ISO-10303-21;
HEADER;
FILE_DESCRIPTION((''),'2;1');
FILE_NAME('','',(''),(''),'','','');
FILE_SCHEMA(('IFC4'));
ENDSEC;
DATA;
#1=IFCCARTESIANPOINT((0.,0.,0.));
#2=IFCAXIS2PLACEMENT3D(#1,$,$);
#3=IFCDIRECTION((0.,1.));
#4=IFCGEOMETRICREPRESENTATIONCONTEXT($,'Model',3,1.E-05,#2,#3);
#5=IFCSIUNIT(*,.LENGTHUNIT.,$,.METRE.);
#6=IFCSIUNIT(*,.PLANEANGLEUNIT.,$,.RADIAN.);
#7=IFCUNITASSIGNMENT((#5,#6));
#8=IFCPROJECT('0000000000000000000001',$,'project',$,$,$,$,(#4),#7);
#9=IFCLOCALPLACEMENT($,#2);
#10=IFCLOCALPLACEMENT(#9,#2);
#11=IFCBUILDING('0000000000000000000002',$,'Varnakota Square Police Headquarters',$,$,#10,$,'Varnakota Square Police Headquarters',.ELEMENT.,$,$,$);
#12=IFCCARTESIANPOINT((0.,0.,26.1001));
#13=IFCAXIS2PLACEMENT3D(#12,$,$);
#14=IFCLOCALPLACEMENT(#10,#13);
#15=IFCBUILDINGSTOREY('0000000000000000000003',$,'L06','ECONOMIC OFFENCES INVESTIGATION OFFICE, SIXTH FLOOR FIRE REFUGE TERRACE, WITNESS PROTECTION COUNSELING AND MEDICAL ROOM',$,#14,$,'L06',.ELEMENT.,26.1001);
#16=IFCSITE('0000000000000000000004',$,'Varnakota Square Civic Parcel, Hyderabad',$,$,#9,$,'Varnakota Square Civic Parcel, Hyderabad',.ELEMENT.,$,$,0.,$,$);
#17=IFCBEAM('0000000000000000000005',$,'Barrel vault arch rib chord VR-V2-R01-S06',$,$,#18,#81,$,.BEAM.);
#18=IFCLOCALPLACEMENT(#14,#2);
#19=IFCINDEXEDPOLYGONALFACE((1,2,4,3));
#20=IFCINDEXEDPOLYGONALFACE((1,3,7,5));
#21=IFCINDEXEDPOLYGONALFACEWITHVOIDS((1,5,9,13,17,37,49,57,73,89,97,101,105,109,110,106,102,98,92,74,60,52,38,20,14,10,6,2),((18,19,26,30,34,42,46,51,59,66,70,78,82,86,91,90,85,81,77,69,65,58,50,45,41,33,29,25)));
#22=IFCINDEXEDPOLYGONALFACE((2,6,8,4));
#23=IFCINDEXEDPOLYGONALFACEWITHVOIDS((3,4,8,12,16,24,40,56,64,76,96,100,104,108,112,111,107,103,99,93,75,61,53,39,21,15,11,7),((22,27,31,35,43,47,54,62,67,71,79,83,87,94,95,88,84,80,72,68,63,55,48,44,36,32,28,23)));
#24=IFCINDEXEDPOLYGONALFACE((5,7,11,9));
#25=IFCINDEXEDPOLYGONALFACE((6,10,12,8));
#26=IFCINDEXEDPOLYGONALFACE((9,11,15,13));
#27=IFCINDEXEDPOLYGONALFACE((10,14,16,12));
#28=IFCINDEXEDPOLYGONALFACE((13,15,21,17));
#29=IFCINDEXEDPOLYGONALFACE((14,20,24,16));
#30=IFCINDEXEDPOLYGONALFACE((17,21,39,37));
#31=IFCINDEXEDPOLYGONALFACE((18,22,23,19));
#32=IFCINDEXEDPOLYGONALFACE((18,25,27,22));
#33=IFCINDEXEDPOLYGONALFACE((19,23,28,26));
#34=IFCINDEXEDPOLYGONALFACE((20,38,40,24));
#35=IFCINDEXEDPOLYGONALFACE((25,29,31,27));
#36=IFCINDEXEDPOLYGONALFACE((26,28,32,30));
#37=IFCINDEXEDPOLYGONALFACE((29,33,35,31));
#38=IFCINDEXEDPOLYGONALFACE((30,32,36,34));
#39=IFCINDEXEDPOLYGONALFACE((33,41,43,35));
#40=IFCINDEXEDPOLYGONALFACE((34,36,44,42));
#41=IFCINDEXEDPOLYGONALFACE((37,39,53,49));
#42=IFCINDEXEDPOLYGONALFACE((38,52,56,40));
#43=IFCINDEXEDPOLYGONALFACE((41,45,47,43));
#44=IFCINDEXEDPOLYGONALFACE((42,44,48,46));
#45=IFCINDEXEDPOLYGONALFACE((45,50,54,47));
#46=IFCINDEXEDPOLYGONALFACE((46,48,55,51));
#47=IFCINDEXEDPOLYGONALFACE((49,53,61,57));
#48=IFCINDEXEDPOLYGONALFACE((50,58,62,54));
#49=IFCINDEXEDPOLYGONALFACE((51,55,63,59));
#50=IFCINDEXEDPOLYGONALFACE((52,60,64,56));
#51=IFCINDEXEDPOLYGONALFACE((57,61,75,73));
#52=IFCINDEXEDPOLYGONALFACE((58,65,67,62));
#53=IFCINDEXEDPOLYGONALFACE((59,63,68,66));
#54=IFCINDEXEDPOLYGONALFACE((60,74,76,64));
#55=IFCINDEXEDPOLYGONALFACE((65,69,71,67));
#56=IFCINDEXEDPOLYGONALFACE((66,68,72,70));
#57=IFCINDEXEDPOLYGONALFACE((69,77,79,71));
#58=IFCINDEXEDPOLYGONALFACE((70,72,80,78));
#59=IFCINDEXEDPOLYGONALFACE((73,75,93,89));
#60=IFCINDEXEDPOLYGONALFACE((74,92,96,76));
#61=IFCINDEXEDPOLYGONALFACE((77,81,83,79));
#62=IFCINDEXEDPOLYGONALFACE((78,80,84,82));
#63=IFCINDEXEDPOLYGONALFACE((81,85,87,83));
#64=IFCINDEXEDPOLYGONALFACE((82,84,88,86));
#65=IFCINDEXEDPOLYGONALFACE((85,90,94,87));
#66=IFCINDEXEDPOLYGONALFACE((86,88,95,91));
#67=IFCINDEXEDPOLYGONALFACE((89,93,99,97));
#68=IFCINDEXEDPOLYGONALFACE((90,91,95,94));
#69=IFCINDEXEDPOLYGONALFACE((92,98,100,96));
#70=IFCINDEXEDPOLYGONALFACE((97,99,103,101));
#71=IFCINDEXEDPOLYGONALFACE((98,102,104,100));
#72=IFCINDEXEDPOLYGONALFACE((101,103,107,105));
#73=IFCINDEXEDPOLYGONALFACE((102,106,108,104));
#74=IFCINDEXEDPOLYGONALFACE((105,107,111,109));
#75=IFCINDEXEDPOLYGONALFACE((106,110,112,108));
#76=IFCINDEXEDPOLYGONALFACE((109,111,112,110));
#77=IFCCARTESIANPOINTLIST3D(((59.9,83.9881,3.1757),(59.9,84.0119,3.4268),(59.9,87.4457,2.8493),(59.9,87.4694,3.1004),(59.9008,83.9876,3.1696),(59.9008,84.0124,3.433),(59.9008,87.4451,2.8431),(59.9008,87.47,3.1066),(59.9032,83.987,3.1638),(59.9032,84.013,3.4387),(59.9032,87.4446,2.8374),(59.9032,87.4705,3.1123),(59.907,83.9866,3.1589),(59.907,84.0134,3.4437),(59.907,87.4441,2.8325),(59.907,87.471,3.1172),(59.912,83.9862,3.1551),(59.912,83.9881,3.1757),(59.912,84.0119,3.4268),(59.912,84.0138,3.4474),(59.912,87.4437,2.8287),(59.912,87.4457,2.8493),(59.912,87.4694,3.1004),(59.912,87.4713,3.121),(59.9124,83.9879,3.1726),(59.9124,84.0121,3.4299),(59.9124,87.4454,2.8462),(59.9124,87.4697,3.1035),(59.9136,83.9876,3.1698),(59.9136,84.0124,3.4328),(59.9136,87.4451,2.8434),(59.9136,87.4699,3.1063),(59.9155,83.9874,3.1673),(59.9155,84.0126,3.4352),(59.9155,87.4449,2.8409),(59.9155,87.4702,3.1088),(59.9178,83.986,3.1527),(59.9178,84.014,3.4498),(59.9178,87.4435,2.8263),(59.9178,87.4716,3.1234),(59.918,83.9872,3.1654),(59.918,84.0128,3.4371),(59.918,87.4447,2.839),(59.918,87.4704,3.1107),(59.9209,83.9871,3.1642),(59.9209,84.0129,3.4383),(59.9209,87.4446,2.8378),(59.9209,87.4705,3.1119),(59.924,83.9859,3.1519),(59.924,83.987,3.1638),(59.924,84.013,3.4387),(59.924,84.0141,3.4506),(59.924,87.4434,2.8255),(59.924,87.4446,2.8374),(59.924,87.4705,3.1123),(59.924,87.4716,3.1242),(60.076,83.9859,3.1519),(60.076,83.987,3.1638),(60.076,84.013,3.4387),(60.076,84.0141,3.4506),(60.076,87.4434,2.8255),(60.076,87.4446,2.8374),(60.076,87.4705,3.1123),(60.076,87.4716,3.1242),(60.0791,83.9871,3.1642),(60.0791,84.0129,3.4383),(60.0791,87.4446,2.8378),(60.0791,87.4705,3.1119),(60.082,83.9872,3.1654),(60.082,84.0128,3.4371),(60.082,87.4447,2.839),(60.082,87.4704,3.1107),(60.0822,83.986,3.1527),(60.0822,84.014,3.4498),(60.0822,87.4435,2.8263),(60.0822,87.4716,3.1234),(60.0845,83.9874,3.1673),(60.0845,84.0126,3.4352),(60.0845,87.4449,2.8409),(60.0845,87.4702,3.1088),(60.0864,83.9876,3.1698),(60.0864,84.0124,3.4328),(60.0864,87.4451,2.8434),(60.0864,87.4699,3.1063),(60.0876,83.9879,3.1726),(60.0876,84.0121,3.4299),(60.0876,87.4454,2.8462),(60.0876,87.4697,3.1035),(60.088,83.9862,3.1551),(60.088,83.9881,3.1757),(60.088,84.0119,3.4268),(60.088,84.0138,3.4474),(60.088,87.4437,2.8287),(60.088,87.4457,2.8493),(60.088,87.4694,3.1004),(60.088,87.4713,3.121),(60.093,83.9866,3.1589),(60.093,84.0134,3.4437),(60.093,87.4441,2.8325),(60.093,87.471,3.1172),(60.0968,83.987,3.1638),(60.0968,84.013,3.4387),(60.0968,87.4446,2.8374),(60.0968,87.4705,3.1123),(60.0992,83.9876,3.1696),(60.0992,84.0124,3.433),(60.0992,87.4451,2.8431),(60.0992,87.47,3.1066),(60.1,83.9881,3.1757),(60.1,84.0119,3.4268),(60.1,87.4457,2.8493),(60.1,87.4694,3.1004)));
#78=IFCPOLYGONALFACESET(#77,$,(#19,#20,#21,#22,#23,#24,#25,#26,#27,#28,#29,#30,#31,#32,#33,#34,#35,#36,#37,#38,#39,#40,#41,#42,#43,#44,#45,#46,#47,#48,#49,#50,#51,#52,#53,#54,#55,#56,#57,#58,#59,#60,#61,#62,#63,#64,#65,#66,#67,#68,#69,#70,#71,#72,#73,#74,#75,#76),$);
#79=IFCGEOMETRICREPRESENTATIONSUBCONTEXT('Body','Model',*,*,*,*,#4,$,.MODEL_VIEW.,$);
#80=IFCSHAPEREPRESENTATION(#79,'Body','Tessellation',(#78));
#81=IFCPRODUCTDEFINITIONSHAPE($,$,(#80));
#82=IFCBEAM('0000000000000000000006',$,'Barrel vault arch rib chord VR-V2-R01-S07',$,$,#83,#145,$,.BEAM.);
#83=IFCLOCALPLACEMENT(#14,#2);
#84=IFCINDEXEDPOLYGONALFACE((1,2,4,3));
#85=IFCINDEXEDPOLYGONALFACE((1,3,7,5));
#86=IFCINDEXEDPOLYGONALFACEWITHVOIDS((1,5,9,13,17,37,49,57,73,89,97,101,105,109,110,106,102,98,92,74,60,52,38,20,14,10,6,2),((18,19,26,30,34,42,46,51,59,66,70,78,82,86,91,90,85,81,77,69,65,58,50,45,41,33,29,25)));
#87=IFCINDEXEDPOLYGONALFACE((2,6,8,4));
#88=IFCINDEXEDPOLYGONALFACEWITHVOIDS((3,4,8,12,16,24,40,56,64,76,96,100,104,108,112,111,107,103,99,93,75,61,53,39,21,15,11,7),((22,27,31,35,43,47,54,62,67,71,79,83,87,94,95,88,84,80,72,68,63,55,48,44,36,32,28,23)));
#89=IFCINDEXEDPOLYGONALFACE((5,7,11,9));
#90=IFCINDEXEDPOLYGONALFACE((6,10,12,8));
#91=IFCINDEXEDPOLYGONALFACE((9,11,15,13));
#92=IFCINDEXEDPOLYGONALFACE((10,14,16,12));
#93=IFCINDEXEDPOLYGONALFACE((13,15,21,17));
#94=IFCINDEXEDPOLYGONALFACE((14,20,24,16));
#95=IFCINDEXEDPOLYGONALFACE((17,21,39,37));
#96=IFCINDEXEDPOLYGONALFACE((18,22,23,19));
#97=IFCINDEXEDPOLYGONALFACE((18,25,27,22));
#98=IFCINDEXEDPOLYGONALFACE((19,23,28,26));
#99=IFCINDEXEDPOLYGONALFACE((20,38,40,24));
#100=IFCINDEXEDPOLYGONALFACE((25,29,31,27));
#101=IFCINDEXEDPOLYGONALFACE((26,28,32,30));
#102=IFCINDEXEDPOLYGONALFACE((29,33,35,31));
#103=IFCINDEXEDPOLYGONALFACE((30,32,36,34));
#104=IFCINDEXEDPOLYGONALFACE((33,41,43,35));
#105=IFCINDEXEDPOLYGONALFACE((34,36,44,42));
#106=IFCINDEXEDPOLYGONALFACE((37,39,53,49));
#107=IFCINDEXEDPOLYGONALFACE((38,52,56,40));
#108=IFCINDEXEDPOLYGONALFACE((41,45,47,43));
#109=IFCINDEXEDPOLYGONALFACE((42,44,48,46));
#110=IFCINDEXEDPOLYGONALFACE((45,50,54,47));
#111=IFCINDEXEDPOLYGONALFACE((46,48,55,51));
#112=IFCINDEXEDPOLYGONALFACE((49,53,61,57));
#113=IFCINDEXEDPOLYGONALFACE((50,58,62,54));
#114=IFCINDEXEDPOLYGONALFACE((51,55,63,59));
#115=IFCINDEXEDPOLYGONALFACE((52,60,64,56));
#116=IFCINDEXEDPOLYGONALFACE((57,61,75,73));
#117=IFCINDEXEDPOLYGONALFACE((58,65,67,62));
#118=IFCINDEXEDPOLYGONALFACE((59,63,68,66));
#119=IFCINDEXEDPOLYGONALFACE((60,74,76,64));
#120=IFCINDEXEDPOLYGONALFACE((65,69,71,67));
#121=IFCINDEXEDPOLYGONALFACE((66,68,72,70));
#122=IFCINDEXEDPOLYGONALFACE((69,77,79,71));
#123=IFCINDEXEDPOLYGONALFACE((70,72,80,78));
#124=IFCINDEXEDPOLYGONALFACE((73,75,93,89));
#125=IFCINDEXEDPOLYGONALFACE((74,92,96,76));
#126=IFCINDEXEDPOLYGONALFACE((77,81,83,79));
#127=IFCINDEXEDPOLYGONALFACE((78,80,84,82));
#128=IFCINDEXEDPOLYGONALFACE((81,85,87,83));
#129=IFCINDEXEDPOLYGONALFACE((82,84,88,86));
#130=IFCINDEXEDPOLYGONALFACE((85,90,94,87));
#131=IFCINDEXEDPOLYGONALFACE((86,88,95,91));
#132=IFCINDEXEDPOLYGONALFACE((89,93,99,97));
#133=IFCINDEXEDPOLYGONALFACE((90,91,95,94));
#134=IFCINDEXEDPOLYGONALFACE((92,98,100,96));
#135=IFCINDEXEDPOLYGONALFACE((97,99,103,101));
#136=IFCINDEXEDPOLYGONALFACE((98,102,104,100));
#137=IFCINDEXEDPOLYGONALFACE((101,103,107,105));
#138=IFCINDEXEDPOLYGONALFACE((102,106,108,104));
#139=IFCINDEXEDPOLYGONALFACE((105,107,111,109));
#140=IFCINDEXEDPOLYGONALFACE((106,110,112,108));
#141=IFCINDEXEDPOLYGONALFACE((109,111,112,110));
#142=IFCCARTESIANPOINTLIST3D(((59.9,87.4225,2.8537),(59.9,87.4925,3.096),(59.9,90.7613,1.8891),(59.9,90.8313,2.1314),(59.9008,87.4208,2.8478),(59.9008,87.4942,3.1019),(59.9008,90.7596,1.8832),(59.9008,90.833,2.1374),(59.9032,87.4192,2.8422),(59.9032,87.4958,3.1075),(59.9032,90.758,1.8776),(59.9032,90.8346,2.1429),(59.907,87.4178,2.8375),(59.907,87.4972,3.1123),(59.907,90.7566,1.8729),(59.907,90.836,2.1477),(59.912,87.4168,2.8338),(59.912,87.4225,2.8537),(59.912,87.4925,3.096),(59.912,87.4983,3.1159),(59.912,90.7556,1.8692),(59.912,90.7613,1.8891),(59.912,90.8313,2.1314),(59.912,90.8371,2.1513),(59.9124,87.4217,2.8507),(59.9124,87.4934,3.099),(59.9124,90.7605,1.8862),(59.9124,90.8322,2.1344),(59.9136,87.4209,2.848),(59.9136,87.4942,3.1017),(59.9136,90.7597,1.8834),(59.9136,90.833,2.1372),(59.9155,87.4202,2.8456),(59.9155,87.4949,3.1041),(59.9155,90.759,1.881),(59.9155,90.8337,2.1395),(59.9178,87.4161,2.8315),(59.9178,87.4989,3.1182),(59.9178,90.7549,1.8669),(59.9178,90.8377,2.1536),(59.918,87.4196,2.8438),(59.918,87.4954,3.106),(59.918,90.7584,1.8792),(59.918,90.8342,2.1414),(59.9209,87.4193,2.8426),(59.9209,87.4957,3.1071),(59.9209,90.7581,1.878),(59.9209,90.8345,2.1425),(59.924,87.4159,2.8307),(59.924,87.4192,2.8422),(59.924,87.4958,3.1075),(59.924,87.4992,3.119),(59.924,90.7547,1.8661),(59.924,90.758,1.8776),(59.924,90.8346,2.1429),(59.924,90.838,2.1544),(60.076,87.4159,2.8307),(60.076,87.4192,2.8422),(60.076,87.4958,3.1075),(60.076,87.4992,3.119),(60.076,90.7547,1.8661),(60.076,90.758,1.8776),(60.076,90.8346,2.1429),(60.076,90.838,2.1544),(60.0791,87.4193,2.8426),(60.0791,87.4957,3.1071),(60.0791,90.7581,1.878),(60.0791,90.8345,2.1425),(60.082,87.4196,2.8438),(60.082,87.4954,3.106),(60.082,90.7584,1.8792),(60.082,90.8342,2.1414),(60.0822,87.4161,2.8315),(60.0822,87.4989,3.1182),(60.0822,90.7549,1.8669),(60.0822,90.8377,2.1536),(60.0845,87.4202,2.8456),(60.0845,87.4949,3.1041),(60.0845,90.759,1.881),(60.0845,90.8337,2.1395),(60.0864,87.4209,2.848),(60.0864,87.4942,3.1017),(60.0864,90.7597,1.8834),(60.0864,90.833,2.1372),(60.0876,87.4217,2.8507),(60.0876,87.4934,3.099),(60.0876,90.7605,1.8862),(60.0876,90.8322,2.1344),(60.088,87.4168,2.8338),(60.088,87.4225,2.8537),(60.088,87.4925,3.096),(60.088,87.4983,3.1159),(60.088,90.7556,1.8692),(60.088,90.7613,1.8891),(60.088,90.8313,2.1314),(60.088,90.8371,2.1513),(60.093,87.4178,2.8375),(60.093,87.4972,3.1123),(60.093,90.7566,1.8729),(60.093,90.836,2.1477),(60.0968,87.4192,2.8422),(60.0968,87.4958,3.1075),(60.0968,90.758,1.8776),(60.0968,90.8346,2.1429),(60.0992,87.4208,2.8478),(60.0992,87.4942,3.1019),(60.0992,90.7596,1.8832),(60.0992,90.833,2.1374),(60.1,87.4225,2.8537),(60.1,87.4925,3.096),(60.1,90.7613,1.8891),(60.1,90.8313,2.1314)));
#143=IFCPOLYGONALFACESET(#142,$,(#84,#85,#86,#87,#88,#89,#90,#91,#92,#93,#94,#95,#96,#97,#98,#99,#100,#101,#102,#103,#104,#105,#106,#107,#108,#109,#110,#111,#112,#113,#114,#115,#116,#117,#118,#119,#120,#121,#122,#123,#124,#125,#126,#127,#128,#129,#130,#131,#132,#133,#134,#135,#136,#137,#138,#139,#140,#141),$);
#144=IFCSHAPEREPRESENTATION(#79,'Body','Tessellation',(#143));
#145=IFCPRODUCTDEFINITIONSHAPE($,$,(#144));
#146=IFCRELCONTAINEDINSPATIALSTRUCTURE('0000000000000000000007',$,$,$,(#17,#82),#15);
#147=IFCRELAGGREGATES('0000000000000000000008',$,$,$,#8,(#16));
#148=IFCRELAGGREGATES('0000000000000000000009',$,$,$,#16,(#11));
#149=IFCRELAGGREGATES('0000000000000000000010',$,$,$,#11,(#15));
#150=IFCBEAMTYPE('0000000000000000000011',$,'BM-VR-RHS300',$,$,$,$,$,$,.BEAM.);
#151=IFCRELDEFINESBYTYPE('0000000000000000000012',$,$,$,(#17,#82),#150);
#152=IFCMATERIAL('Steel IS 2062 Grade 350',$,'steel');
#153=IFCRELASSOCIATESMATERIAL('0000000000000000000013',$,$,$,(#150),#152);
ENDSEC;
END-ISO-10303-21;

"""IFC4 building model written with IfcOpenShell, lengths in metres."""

from ifc_helpers import new_model, si_unit, direction, frame, origin, origin_2d, place, context, subcontext, project, spatial, hollow_rectangle, extrude, material, material_profile, profile_set, type_object, element, save


model = new_model("IFC4")

# Units and contexts
model_context = context("Model", 3, precision=1e-05, world=origin(), true_north=direction((0.0, 1.0)))
body_context = subcontext(model_context, "Body", "Model", "MODEL_VIEW")
ifc_project = project(units=[si_unit("LENGTHUNIT", "METRE"), si_unit("PLANEANGLEUNIT", "RADIAN")], contexts=[model_context])

# Site, building, storey
site_placement = place(None, origin())
site = spatial("IfcSite", under=ifc_project, at=site_placement, Name="Varnakota Square Civic Parcel, Hyderabad", LongName="Varnakota Square Civic Parcel, Hyderabad", CompositionType="ELEMENT", RefElevation=0.0)
building_placement = place(site_placement, origin())
building = spatial("IfcBuilding", under=site, at=building_placement, Name="Varnakota Square Police Headquarters", LongName="Varnakota Square Police Headquarters", CompositionType="ELEMENT")
storey_placement = place(building_placement, frame((0.0, 0.0, 26.1001)))
storey = spatial("IfcBuildingStorey", under=building, at=storey_placement, Name="L06", Description="ECONOMIC OFFENCES INVESTIGATION OFFICE, SIXTH FLOOR FIRE REFUGE TERRACE, WITNESS PROTECTION COUNSELING AND MEDICAL ROOM", LongName="L06", CompositionType="ELEMENT", Elevation=26.1001)

# Beams
ifc_material_1 = material(Name="Steel IS 2062 Grade 350", Category="steel")
ifc_material_profile_1 = material_profile(ifc_material_1, hollow_rectangle(XDim=0.2, YDim=0.3, WallThickness=0.012, InnerFilletRadius=0.012, OuterFilletRadius=0.0239, at=origin_2d()), Name="RHS 300x200x12")
ifc_profile_set_1 = profile_set([ifc_material_profile_1], Name="Steel IS 2062 Grade 350")
beam_type = type_object("IfcBeamType", Name="BM-VR-RHS300", PredefinedType="BEAM", material=ifc_profile_set_1)
for number, where, z_axis, x_axis, name in (
    (1, (60.0, 84.0, 3.3013), (0.0, 0.995573, -0.09399), (-1.0, 0.0, 0.0), "Barrel vault arch rib chord VR-V2-R01-S06"),
):
    element("IfcBeam", number, at=place(storey_placement, frame(where, z_axis=z_axis, x_axis=x_axis)), inside=storey, type_object=beam_type, Name=name, PredefinedType="BEAM", context=body_context, shape_type="SweptSolid", body=[
        extrude(hollow_rectangle(XDim=0.2, YDim=0.3, WallThickness=0.012, InnerFilletRadius=0.012, OuterFilletRadius=0.0239, at=origin_2d()), origin(), (0.0, 0.0, 1.0), 3.4729),
    ])
beam_1_placement = place(storey_placement, frame((60.0, 87.4575, 2.9749), z_axis=(0.0, 0.960711, -0.27755), x_axis=(-1.0, 0.0, 0.0)))
element("IfcBeam", 2, at=beam_1_placement, inside=storey, type_object=beam_type, Name="Barrel vault arch rib chord VR-V2-R01-S07", PredefinedType="BEAM", context=body_context, shape_type="SweptSolid", body=[
    extrude(hollow_rectangle(XDim=0.2, YDim=0.3, WallThickness=0.012, InnerFilletRadius=0.012, OuterFilletRadius=0.0239, at=origin_2d()), origin(), (0.0, 0.0, 1.0), 3.4753),
])

save(model, "model.ifc")
